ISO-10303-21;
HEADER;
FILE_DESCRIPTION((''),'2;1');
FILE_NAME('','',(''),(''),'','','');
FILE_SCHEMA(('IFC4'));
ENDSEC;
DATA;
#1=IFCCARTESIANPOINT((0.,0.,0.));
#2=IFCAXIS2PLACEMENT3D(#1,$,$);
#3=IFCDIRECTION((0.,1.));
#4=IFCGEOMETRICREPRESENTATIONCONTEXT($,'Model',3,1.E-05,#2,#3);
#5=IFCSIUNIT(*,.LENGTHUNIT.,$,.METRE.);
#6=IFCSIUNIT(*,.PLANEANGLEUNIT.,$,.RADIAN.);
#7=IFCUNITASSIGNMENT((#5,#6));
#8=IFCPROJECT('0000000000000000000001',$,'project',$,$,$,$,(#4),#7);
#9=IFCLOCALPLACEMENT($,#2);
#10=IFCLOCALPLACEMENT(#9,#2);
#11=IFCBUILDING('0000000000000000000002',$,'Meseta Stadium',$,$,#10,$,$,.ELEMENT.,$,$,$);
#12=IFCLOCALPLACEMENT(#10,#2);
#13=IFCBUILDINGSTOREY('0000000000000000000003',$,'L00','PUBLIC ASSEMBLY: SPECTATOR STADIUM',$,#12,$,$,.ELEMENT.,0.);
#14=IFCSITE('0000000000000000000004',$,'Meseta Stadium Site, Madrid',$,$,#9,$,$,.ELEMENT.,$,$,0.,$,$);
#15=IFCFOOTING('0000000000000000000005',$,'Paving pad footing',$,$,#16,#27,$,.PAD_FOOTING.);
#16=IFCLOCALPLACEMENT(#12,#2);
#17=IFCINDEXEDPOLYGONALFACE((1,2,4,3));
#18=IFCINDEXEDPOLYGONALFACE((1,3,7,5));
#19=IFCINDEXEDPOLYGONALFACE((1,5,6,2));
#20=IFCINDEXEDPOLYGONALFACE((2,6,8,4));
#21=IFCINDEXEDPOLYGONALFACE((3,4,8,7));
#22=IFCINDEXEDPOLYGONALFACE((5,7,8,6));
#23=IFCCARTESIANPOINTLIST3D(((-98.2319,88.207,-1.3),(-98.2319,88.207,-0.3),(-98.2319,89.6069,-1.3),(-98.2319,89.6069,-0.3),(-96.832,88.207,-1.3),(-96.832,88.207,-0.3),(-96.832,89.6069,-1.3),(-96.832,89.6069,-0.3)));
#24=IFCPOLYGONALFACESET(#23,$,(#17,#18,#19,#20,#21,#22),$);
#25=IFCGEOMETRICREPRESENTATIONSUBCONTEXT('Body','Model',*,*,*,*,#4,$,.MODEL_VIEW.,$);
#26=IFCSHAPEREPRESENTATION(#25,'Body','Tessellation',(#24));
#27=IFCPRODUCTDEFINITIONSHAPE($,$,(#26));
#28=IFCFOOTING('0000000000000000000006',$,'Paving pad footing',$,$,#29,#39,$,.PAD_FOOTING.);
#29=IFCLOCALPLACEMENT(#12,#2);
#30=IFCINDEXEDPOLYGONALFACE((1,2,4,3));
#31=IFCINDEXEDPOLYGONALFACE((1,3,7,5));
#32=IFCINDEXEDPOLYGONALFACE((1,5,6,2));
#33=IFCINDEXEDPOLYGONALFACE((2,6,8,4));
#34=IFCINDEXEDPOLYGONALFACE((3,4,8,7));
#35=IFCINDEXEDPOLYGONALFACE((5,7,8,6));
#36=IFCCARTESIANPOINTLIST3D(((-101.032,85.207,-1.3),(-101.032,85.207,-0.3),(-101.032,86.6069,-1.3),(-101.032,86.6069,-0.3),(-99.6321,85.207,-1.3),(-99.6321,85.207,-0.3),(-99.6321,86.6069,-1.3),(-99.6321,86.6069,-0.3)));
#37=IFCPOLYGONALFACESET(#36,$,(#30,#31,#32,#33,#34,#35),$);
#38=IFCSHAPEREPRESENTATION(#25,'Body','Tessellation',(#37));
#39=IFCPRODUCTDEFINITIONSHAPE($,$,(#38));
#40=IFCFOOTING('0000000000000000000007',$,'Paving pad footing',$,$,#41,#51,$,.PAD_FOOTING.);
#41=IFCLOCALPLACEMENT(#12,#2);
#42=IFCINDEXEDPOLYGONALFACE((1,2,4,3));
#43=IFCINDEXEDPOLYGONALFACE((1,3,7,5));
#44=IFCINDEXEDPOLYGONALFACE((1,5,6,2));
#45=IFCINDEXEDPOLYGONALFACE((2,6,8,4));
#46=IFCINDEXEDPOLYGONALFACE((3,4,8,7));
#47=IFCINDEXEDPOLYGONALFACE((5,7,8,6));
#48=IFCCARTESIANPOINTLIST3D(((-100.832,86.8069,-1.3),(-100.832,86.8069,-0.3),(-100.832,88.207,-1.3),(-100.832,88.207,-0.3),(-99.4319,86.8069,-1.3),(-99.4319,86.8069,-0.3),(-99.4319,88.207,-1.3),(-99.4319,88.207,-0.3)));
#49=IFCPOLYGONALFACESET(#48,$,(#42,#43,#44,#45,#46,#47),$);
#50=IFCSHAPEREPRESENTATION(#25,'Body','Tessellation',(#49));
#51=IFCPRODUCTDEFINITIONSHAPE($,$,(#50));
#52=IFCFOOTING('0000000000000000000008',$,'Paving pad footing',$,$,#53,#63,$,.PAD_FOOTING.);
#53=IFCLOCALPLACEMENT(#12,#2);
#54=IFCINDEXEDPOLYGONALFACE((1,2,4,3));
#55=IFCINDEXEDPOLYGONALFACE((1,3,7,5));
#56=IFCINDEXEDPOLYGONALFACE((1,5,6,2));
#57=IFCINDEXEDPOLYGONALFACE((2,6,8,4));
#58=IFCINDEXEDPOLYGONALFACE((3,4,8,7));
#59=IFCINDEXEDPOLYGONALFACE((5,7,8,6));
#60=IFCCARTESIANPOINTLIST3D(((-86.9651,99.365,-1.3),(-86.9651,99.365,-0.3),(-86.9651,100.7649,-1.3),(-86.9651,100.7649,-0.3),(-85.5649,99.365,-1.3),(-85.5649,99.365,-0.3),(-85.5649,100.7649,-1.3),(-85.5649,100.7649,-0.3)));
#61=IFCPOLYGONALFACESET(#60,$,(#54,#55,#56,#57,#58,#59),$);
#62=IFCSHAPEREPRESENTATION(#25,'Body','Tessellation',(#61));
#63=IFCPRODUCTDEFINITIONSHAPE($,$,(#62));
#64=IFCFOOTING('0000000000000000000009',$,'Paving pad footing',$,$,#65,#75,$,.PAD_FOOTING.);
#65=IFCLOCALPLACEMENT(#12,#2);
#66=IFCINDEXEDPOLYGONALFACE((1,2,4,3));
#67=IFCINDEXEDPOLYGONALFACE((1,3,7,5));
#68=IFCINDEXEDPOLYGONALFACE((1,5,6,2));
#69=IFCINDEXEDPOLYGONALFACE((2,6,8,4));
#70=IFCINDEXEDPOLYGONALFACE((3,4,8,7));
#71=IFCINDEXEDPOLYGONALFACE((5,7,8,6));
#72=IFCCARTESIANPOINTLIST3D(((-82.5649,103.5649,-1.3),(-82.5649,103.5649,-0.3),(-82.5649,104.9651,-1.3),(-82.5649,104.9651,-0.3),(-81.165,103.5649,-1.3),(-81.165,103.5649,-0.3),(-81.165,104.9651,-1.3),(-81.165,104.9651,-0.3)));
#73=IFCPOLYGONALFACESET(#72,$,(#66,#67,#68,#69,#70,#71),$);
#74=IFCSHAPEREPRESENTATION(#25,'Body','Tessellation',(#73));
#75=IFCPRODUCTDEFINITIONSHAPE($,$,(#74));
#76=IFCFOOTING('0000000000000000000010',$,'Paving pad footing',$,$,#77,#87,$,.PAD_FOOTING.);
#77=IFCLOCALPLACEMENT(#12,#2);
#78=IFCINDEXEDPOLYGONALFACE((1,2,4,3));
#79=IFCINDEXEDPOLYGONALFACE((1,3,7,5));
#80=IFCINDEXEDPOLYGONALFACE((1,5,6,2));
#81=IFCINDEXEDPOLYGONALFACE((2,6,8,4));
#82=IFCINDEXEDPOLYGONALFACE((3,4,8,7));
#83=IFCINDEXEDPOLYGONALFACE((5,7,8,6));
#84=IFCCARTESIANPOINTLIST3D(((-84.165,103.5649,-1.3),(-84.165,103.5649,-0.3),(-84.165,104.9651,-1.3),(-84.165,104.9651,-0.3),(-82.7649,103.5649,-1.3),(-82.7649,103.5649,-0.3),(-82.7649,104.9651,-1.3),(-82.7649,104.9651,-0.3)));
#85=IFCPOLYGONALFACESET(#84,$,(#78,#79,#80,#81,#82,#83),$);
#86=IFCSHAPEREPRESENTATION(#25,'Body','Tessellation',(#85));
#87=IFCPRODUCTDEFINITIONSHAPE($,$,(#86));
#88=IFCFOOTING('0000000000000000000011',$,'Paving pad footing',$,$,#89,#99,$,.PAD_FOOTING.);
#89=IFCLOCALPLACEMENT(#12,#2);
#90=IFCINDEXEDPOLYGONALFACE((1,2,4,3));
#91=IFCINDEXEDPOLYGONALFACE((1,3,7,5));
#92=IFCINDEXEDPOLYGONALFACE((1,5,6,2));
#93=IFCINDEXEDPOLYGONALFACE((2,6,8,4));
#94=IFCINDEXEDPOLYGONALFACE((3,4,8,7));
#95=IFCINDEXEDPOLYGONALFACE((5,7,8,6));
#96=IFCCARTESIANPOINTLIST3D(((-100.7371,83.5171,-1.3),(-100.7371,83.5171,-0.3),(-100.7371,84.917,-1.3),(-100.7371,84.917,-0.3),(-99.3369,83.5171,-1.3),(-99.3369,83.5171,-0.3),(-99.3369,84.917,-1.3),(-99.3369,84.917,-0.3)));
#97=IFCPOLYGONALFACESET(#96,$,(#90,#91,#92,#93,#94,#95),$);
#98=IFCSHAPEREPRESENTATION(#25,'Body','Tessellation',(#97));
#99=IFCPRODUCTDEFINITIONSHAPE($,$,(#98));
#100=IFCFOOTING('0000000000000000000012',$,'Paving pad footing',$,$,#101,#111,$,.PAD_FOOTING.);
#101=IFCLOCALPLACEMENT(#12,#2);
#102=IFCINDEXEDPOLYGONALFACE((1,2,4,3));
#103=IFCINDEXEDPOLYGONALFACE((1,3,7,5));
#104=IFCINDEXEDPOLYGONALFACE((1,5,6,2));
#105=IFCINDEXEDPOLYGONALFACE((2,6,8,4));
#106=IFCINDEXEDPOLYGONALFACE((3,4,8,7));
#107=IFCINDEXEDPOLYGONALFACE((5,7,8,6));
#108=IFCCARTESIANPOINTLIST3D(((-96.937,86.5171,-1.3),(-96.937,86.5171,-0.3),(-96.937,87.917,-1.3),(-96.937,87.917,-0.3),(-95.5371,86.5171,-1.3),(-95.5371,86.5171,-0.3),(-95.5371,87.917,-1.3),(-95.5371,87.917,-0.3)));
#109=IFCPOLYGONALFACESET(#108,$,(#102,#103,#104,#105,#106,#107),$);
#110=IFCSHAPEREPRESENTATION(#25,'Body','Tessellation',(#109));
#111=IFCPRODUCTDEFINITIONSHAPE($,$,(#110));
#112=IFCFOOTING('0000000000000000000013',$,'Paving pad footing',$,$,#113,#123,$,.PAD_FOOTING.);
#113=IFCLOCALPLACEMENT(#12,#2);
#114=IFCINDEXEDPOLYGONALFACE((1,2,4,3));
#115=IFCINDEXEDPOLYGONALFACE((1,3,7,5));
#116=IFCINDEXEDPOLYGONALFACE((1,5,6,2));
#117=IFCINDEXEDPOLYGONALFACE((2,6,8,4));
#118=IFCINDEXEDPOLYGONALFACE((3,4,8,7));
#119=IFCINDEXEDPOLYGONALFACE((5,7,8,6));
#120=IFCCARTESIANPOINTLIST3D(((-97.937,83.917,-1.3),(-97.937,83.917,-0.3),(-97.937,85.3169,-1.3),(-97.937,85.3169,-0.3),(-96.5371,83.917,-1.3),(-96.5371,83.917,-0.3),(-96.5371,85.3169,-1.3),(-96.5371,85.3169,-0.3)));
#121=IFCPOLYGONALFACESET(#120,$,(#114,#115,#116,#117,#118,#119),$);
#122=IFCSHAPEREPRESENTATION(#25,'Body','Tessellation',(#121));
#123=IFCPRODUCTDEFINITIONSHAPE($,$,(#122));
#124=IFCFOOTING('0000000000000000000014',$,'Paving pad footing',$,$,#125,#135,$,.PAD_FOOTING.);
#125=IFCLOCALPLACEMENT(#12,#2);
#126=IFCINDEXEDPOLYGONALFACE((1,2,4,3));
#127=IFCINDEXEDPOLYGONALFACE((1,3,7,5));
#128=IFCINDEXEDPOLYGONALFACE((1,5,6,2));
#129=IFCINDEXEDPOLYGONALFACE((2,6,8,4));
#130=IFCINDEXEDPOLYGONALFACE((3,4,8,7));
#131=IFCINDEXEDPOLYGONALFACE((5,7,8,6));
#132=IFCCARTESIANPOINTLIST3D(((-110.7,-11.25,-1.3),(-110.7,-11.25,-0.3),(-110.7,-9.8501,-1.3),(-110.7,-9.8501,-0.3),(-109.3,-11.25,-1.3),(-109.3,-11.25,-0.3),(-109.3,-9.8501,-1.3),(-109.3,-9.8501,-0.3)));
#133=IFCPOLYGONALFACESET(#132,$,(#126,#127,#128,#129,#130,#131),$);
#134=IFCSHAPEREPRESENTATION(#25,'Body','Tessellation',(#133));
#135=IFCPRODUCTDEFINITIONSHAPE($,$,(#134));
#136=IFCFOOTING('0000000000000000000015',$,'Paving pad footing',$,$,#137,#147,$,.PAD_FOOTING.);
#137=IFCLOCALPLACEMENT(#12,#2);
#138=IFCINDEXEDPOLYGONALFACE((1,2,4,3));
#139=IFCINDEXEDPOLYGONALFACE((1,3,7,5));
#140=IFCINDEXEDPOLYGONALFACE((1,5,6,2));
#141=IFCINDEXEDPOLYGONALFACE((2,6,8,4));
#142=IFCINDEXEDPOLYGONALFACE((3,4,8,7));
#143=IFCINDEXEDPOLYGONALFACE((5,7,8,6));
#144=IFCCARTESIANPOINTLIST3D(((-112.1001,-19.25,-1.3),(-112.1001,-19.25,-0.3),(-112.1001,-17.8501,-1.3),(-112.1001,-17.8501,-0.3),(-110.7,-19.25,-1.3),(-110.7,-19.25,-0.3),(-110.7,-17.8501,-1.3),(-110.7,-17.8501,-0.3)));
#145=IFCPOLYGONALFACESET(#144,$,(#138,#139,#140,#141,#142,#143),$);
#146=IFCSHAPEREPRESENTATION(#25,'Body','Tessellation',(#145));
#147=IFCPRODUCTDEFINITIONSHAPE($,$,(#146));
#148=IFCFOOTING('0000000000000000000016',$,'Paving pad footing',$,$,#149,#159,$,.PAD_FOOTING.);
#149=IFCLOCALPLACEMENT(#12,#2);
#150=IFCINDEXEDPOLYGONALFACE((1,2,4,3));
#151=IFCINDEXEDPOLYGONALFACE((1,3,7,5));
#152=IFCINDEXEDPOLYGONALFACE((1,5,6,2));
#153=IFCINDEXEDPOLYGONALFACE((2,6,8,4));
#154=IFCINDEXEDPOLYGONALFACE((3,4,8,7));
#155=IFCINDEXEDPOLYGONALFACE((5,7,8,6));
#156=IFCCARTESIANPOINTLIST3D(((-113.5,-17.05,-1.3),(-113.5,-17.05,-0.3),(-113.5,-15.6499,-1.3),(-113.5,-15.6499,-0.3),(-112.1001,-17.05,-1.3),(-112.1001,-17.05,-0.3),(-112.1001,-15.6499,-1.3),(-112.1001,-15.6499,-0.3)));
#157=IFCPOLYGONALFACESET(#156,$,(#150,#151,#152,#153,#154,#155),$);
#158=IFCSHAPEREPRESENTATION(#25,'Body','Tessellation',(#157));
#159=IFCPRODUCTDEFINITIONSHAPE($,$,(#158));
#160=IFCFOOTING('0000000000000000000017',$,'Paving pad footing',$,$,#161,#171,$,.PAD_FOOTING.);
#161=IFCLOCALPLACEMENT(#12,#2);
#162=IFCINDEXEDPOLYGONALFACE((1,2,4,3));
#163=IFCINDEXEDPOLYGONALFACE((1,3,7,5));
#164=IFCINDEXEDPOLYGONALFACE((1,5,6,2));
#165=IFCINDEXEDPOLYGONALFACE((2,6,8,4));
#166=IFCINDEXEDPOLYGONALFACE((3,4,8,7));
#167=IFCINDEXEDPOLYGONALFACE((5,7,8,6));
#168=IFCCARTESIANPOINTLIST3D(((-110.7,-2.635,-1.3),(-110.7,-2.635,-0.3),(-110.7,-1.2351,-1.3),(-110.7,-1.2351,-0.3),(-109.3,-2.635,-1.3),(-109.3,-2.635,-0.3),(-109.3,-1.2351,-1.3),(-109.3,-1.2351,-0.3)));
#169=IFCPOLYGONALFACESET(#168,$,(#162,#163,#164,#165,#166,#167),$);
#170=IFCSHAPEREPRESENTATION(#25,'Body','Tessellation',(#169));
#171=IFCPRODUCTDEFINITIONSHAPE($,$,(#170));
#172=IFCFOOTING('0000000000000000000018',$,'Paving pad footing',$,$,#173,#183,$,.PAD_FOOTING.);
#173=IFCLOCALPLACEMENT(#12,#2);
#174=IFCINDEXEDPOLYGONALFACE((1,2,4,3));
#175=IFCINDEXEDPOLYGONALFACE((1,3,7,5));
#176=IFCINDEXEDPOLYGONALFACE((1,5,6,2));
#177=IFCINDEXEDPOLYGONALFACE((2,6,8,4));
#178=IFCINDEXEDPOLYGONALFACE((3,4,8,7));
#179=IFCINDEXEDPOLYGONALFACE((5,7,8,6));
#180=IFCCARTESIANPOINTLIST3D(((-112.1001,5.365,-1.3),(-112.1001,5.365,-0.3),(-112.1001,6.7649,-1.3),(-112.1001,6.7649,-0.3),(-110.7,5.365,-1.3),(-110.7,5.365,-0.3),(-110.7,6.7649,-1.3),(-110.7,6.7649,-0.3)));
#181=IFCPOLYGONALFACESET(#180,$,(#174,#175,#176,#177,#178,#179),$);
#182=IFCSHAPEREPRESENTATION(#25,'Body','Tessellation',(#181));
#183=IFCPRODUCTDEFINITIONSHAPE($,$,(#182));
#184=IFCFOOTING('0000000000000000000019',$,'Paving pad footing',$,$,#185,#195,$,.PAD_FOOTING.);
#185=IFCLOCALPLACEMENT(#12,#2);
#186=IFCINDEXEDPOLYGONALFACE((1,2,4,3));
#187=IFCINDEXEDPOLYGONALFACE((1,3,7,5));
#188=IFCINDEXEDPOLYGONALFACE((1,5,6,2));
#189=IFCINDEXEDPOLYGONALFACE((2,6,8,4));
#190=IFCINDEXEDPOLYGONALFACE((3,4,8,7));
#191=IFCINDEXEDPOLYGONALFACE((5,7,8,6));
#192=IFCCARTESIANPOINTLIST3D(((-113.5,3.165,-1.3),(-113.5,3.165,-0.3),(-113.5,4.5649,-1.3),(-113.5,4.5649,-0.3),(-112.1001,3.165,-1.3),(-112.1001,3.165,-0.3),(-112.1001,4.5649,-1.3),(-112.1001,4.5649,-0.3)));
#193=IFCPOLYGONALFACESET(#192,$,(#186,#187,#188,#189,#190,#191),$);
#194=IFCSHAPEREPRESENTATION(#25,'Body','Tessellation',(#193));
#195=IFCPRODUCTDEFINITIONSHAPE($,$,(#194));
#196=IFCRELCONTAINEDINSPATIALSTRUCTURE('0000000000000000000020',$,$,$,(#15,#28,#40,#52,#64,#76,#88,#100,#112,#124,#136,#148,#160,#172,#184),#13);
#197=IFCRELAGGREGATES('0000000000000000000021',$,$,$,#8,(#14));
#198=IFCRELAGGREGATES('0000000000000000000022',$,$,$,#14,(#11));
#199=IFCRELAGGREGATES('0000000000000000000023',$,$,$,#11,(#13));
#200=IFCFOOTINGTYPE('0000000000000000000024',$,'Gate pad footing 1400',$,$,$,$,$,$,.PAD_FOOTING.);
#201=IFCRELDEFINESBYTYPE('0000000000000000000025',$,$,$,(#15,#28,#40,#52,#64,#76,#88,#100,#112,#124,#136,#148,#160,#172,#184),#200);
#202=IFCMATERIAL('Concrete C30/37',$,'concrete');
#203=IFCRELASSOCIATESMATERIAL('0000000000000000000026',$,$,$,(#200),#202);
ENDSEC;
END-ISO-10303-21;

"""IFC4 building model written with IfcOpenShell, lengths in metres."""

from ifc_helpers import new_model, si_unit, direction, frame, origin, place, context, subcontext, project, spatial, polyline, outline, extrude, material, type_object, element, save


model = new_model("IFC4")

# Units and contexts
model_context = context("Model", 3, precision=1e-05, world=origin(), true_north=direction((0.0, 1.0)))
body_context = subcontext(model_context, "Body", "Model", "MODEL_VIEW")
ifc_project = project(units=[si_unit("LENGTHUNIT", "METRE"), si_unit("PLANEANGLEUNIT", "RADIAN")], contexts=[model_context])

# Site, building, storey
site_placement = place(None, origin())
site = spatial("IfcSite", under=ifc_project, at=site_placement, Name="Meseta Stadium Site, Madrid", CompositionType="ELEMENT", RefElevation=0.0)
building_placement = place(site_placement, origin())
building = spatial("IfcBuilding", under=site, at=building_placement, Name="Meseta Stadium", CompositionType="ELEMENT")
storey_placement = place(building_placement, origin())
storey = spatial("IfcBuildingStorey", under=building, at=storey_placement, Name="L00", Description="PUBLIC ASSEMBLY: SPECTATOR STADIUM", CompositionType="ELEMENT", Elevation=0.0)

# Footings
ifc_material_1 = material(Name="Concrete C30/37", Category="concrete")
footing_type_1 = type_object("IfcFootingType", Name="Gate pad footing 1400", PredefinedType="PAD_FOOTING", material=ifc_material_1)
footing_1_placement = place(storey_placement, frame((0.0, 0.0, -1.3)))
element("IfcFooting", 1, at=footing_1_placement, inside=storey, type_object=footing_type_1, Name="Paving pad footing", PredefinedType="PAD_FOOTING", context=body_context, shape_type="SweptSolid", body=[
    extrude(outline(polyline([(-96.832, 88.207), (-96.832, 89.6069), (-98.2319, 89.6069), (-98.2319, 88.207), (-96.832, 88.207)])), origin(), (0.0, 0.0, 1.0), 1.0),
])
footing_2_placement = place(storey_placement, frame((0.0, 0.0, -1.3)))
element("IfcFooting", 2, at=footing_2_placement, inside=storey, type_object=footing_type_1, Name="Paving pad footing", PredefinedType="PAD_FOOTING", context=body_context, shape_type="SweptSolid", body=[
    extrude(outline(polyline([(-99.6321, 85.207), (-99.6321, 86.6069), (-101.032, 86.6069), (-101.032, 85.207), (-99.6321, 85.207)])), origin(), (0.0, 0.0, 1.0), 1.0),
])
footing_3_placement = place(storey_placement, frame((0.0, 0.0, -1.3)))
element("IfcFooting", 3, at=footing_3_placement, inside=storey, type_object=footing_type_1, Name="Paving pad footing", PredefinedType="PAD_FOOTING", context=body_context, shape_type="SweptSolid", body=[
    extrude(outline(polyline([(-99.4319, 86.8069), (-99.4319, 88.207), (-100.832, 88.207), (-100.832, 86.8069), (-99.4319, 86.8069)])), origin(), (0.0, 0.0, 1.0), 1.0),
])
footing_4_placement = place(storey_placement, frame((0.0, 0.0, -1.3)))
element("IfcFooting", 4, at=footing_4_placement, inside=storey, type_object=footing_type_1, Name="Paving pad footing", PredefinedType="PAD_FOOTING", context=body_context, shape_type="SweptSolid", body=[
    extrude(outline(polyline([(-85.5649, 99.365), (-85.5649, 100.7649), (-86.9651, 100.7649), (-86.9651, 99.365), (-85.5649, 99.365)])), origin(), (0.0, 0.0, 1.0), 1.0),
])
footing_5_placement = place(storey_placement, frame((0.0, 0.0, -1.3)))
element("IfcFooting", 5, at=footing_5_placement, inside=storey, type_object=footing_type_1, Name="Paving pad footing", PredefinedType="PAD_FOOTING", context=body_context, shape_type="SweptSolid", body=[
    extrude(outline(polyline([(-81.165, 103.5649), (-81.165, 104.9651), (-82.5649, 104.9651), (-82.5649, 103.5649), (-81.165, 103.5649)])), origin(), (0.0, 0.0, 1.0), 1.0),
])
footing_6_placement = place(storey_placement, frame((0.0, 0.0, -1.3)))
element("IfcFooting", 6, at=footing_6_placement, inside=storey, type_object=footing_type_1, Name="Paving pad footing", PredefinedType="PAD_FOOTING", context=body_context, shape_type="SweptSolid", body=[
    extrude(outline(polyline([(-82.7649, 103.5649), (-82.7649, 104.9651), (-84.165, 104.9651), (-84.165, 103.5649), (-82.7649, 103.5649)])), origin(), (0.0, 0.0, 1.0), 1.0),
])
footing_7_placement = place(storey_placement, frame((0.0, 0.0, -1.3)))
element("IfcFooting", 7, at=footing_7_placement, inside=storey, type_object=footing_type_1, Name="Paving pad footing", PredefinedType="PAD_FOOTING", context=body_context, shape_type="SweptSolid", body=[
    extrude(outline(polyline([(-99.3369, 83.5171), (-99.3369, 84.917), (-100.7371, 84.917), (-100.7371, 83.5171), (-99.3369, 83.5171)])), origin(), (0.0, 0.0, 1.0), 1.0),
])
footing_8_placement = place(storey_placement, frame((0.0, 0.0, -1.3)))
element("IfcFooting", 8, at=footing_8_placement, inside=storey, type_object=footing_type_1, Name="Paving pad footing", PredefinedType="PAD_FOOTING", context=body_context, shape_type="SweptSolid", body=[
    extrude(outline(polyline([(-95.5371, 86.5171), (-95.5371, 87.917), (-96.937, 87.917), (-96.937, 86.5171), (-95.5371, 86.5171)])), origin(), (0.0, 0.0, 1.0), 1.0),
])
footing_9_placement = place(storey_placement, frame((0.0, 0.0, -1.3)))
element("IfcFooting", 9, at=footing_9_placement, inside=storey, type_object=footing_type_1, Name="Paving pad footing", PredefinedType="PAD_FOOTING", context=body_context, shape_type="SweptSolid", body=[
    extrude(outline(polyline([(-96.5371, 83.917), (-96.5371, 85.3169), (-97.937, 85.3169), (-97.937, 83.917), (-96.5371, 83.917)])), origin(), (0.0, 0.0, 1.0), 1.0),
])
footing_10_placement = place(storey_placement, frame((0.0, 0.0, -1.3)))
element("IfcFooting", 10, at=footing_10_placement, inside=storey, type_object=footing_type_1, Name="Paving pad footing", PredefinedType="PAD_FOOTING", context=body_context, shape_type="SweptSolid", body=[
    extrude(outline(polyline([(-109.3, -11.25), (-109.3, -9.8501), (-110.7, -9.8501), (-110.7, -11.25), (-109.3, -11.25)])), origin(), (0.0, 0.0, 1.0), 1.0),
])
footing_11_placement = place(storey_placement, frame((0.0, 0.0, -1.3)))
element("IfcFooting", 11, at=footing_11_placement, inside=storey, type_object=footing_type_1, Name="Paving pad footing", PredefinedType="PAD_FOOTING", context=body_context, shape_type="SweptSolid", body=[
    extrude(outline(polyline([(-110.7, -19.25), (-110.7, -17.8501), (-112.1001, -17.8501), (-112.1001, -19.25), (-110.7, -19.25)])), origin(), (0.0, 0.0, 1.0), 1.0),
])
footing_12_placement = place(storey_placement, frame((0.0, 0.0, -1.3)))
element("IfcFooting", 12, at=footing_12_placement, inside=storey, type_object=footing_type_1, Name="Paving pad footing", PredefinedType="PAD_FOOTING", context=body_context, shape_type="SweptSolid", body=[
    extrude(outline(polyline([(-112.1001, -17.05), (-112.1001, -15.6499), (-113.5, -15.6499), (-113.5, -17.05), (-112.1001, -17.05)])), origin(), (0.0, 0.0, 1.0), 1.0),
])
footing_13_placement = place(storey_placement, frame((0.0, 0.0, -1.3)))
element("IfcFooting", 13, at=footing_13_placement, inside=storey, type_object=footing_type_1, Name="Paving pad footing", PredefinedType="PAD_FOOTING", context=body_context, shape_type="SweptSolid", body=[
    extrude(outline(polyline([(-109.3, -2.635), (-109.3, -1.2351), (-110.7, -1.2351), (-110.7, -2.635), (-109.3, -2.635)])), origin(), (0.0, 0.0, 1.0), 1.0),
])
footing_14_placement = place(storey_placement, frame((0.0, 0.0, -1.3)))
element("IfcFooting", 14, at=footing_14_placement, inside=storey, type_object=footing_type_1, Name="Paving pad footing", PredefinedType="PAD_FOOTING", context=body_context, shape_type="SweptSolid", body=[
    extrude(outline(polyline([(-110.7, 5.365), (-110.7, 6.7649), (-112.1001, 6.7649), (-112.1001, 5.365), (-110.7, 5.365)])), origin(), (0.0, 0.0, 1.0), 1.0),
])
footing_15_placement = place(storey_placement, frame((0.0, 0.0, -1.3)))
element("IfcFooting", 15, at=footing_15_placement, inside=storey, type_object=footing_type_1, Name="Paving pad footing", PredefinedType="PAD_FOOTING", context=body_context, shape_type="SweptSolid", body=[
    extrude(outline(polyline([(-112.1001, 3.165), (-112.1001, 4.5649), (-113.5, 4.5649), (-113.5, 3.165), (-112.1001, 3.165)])), origin(), (0.0, 0.0, 1.0), 1.0),
])

save(model, "model.ifc")
